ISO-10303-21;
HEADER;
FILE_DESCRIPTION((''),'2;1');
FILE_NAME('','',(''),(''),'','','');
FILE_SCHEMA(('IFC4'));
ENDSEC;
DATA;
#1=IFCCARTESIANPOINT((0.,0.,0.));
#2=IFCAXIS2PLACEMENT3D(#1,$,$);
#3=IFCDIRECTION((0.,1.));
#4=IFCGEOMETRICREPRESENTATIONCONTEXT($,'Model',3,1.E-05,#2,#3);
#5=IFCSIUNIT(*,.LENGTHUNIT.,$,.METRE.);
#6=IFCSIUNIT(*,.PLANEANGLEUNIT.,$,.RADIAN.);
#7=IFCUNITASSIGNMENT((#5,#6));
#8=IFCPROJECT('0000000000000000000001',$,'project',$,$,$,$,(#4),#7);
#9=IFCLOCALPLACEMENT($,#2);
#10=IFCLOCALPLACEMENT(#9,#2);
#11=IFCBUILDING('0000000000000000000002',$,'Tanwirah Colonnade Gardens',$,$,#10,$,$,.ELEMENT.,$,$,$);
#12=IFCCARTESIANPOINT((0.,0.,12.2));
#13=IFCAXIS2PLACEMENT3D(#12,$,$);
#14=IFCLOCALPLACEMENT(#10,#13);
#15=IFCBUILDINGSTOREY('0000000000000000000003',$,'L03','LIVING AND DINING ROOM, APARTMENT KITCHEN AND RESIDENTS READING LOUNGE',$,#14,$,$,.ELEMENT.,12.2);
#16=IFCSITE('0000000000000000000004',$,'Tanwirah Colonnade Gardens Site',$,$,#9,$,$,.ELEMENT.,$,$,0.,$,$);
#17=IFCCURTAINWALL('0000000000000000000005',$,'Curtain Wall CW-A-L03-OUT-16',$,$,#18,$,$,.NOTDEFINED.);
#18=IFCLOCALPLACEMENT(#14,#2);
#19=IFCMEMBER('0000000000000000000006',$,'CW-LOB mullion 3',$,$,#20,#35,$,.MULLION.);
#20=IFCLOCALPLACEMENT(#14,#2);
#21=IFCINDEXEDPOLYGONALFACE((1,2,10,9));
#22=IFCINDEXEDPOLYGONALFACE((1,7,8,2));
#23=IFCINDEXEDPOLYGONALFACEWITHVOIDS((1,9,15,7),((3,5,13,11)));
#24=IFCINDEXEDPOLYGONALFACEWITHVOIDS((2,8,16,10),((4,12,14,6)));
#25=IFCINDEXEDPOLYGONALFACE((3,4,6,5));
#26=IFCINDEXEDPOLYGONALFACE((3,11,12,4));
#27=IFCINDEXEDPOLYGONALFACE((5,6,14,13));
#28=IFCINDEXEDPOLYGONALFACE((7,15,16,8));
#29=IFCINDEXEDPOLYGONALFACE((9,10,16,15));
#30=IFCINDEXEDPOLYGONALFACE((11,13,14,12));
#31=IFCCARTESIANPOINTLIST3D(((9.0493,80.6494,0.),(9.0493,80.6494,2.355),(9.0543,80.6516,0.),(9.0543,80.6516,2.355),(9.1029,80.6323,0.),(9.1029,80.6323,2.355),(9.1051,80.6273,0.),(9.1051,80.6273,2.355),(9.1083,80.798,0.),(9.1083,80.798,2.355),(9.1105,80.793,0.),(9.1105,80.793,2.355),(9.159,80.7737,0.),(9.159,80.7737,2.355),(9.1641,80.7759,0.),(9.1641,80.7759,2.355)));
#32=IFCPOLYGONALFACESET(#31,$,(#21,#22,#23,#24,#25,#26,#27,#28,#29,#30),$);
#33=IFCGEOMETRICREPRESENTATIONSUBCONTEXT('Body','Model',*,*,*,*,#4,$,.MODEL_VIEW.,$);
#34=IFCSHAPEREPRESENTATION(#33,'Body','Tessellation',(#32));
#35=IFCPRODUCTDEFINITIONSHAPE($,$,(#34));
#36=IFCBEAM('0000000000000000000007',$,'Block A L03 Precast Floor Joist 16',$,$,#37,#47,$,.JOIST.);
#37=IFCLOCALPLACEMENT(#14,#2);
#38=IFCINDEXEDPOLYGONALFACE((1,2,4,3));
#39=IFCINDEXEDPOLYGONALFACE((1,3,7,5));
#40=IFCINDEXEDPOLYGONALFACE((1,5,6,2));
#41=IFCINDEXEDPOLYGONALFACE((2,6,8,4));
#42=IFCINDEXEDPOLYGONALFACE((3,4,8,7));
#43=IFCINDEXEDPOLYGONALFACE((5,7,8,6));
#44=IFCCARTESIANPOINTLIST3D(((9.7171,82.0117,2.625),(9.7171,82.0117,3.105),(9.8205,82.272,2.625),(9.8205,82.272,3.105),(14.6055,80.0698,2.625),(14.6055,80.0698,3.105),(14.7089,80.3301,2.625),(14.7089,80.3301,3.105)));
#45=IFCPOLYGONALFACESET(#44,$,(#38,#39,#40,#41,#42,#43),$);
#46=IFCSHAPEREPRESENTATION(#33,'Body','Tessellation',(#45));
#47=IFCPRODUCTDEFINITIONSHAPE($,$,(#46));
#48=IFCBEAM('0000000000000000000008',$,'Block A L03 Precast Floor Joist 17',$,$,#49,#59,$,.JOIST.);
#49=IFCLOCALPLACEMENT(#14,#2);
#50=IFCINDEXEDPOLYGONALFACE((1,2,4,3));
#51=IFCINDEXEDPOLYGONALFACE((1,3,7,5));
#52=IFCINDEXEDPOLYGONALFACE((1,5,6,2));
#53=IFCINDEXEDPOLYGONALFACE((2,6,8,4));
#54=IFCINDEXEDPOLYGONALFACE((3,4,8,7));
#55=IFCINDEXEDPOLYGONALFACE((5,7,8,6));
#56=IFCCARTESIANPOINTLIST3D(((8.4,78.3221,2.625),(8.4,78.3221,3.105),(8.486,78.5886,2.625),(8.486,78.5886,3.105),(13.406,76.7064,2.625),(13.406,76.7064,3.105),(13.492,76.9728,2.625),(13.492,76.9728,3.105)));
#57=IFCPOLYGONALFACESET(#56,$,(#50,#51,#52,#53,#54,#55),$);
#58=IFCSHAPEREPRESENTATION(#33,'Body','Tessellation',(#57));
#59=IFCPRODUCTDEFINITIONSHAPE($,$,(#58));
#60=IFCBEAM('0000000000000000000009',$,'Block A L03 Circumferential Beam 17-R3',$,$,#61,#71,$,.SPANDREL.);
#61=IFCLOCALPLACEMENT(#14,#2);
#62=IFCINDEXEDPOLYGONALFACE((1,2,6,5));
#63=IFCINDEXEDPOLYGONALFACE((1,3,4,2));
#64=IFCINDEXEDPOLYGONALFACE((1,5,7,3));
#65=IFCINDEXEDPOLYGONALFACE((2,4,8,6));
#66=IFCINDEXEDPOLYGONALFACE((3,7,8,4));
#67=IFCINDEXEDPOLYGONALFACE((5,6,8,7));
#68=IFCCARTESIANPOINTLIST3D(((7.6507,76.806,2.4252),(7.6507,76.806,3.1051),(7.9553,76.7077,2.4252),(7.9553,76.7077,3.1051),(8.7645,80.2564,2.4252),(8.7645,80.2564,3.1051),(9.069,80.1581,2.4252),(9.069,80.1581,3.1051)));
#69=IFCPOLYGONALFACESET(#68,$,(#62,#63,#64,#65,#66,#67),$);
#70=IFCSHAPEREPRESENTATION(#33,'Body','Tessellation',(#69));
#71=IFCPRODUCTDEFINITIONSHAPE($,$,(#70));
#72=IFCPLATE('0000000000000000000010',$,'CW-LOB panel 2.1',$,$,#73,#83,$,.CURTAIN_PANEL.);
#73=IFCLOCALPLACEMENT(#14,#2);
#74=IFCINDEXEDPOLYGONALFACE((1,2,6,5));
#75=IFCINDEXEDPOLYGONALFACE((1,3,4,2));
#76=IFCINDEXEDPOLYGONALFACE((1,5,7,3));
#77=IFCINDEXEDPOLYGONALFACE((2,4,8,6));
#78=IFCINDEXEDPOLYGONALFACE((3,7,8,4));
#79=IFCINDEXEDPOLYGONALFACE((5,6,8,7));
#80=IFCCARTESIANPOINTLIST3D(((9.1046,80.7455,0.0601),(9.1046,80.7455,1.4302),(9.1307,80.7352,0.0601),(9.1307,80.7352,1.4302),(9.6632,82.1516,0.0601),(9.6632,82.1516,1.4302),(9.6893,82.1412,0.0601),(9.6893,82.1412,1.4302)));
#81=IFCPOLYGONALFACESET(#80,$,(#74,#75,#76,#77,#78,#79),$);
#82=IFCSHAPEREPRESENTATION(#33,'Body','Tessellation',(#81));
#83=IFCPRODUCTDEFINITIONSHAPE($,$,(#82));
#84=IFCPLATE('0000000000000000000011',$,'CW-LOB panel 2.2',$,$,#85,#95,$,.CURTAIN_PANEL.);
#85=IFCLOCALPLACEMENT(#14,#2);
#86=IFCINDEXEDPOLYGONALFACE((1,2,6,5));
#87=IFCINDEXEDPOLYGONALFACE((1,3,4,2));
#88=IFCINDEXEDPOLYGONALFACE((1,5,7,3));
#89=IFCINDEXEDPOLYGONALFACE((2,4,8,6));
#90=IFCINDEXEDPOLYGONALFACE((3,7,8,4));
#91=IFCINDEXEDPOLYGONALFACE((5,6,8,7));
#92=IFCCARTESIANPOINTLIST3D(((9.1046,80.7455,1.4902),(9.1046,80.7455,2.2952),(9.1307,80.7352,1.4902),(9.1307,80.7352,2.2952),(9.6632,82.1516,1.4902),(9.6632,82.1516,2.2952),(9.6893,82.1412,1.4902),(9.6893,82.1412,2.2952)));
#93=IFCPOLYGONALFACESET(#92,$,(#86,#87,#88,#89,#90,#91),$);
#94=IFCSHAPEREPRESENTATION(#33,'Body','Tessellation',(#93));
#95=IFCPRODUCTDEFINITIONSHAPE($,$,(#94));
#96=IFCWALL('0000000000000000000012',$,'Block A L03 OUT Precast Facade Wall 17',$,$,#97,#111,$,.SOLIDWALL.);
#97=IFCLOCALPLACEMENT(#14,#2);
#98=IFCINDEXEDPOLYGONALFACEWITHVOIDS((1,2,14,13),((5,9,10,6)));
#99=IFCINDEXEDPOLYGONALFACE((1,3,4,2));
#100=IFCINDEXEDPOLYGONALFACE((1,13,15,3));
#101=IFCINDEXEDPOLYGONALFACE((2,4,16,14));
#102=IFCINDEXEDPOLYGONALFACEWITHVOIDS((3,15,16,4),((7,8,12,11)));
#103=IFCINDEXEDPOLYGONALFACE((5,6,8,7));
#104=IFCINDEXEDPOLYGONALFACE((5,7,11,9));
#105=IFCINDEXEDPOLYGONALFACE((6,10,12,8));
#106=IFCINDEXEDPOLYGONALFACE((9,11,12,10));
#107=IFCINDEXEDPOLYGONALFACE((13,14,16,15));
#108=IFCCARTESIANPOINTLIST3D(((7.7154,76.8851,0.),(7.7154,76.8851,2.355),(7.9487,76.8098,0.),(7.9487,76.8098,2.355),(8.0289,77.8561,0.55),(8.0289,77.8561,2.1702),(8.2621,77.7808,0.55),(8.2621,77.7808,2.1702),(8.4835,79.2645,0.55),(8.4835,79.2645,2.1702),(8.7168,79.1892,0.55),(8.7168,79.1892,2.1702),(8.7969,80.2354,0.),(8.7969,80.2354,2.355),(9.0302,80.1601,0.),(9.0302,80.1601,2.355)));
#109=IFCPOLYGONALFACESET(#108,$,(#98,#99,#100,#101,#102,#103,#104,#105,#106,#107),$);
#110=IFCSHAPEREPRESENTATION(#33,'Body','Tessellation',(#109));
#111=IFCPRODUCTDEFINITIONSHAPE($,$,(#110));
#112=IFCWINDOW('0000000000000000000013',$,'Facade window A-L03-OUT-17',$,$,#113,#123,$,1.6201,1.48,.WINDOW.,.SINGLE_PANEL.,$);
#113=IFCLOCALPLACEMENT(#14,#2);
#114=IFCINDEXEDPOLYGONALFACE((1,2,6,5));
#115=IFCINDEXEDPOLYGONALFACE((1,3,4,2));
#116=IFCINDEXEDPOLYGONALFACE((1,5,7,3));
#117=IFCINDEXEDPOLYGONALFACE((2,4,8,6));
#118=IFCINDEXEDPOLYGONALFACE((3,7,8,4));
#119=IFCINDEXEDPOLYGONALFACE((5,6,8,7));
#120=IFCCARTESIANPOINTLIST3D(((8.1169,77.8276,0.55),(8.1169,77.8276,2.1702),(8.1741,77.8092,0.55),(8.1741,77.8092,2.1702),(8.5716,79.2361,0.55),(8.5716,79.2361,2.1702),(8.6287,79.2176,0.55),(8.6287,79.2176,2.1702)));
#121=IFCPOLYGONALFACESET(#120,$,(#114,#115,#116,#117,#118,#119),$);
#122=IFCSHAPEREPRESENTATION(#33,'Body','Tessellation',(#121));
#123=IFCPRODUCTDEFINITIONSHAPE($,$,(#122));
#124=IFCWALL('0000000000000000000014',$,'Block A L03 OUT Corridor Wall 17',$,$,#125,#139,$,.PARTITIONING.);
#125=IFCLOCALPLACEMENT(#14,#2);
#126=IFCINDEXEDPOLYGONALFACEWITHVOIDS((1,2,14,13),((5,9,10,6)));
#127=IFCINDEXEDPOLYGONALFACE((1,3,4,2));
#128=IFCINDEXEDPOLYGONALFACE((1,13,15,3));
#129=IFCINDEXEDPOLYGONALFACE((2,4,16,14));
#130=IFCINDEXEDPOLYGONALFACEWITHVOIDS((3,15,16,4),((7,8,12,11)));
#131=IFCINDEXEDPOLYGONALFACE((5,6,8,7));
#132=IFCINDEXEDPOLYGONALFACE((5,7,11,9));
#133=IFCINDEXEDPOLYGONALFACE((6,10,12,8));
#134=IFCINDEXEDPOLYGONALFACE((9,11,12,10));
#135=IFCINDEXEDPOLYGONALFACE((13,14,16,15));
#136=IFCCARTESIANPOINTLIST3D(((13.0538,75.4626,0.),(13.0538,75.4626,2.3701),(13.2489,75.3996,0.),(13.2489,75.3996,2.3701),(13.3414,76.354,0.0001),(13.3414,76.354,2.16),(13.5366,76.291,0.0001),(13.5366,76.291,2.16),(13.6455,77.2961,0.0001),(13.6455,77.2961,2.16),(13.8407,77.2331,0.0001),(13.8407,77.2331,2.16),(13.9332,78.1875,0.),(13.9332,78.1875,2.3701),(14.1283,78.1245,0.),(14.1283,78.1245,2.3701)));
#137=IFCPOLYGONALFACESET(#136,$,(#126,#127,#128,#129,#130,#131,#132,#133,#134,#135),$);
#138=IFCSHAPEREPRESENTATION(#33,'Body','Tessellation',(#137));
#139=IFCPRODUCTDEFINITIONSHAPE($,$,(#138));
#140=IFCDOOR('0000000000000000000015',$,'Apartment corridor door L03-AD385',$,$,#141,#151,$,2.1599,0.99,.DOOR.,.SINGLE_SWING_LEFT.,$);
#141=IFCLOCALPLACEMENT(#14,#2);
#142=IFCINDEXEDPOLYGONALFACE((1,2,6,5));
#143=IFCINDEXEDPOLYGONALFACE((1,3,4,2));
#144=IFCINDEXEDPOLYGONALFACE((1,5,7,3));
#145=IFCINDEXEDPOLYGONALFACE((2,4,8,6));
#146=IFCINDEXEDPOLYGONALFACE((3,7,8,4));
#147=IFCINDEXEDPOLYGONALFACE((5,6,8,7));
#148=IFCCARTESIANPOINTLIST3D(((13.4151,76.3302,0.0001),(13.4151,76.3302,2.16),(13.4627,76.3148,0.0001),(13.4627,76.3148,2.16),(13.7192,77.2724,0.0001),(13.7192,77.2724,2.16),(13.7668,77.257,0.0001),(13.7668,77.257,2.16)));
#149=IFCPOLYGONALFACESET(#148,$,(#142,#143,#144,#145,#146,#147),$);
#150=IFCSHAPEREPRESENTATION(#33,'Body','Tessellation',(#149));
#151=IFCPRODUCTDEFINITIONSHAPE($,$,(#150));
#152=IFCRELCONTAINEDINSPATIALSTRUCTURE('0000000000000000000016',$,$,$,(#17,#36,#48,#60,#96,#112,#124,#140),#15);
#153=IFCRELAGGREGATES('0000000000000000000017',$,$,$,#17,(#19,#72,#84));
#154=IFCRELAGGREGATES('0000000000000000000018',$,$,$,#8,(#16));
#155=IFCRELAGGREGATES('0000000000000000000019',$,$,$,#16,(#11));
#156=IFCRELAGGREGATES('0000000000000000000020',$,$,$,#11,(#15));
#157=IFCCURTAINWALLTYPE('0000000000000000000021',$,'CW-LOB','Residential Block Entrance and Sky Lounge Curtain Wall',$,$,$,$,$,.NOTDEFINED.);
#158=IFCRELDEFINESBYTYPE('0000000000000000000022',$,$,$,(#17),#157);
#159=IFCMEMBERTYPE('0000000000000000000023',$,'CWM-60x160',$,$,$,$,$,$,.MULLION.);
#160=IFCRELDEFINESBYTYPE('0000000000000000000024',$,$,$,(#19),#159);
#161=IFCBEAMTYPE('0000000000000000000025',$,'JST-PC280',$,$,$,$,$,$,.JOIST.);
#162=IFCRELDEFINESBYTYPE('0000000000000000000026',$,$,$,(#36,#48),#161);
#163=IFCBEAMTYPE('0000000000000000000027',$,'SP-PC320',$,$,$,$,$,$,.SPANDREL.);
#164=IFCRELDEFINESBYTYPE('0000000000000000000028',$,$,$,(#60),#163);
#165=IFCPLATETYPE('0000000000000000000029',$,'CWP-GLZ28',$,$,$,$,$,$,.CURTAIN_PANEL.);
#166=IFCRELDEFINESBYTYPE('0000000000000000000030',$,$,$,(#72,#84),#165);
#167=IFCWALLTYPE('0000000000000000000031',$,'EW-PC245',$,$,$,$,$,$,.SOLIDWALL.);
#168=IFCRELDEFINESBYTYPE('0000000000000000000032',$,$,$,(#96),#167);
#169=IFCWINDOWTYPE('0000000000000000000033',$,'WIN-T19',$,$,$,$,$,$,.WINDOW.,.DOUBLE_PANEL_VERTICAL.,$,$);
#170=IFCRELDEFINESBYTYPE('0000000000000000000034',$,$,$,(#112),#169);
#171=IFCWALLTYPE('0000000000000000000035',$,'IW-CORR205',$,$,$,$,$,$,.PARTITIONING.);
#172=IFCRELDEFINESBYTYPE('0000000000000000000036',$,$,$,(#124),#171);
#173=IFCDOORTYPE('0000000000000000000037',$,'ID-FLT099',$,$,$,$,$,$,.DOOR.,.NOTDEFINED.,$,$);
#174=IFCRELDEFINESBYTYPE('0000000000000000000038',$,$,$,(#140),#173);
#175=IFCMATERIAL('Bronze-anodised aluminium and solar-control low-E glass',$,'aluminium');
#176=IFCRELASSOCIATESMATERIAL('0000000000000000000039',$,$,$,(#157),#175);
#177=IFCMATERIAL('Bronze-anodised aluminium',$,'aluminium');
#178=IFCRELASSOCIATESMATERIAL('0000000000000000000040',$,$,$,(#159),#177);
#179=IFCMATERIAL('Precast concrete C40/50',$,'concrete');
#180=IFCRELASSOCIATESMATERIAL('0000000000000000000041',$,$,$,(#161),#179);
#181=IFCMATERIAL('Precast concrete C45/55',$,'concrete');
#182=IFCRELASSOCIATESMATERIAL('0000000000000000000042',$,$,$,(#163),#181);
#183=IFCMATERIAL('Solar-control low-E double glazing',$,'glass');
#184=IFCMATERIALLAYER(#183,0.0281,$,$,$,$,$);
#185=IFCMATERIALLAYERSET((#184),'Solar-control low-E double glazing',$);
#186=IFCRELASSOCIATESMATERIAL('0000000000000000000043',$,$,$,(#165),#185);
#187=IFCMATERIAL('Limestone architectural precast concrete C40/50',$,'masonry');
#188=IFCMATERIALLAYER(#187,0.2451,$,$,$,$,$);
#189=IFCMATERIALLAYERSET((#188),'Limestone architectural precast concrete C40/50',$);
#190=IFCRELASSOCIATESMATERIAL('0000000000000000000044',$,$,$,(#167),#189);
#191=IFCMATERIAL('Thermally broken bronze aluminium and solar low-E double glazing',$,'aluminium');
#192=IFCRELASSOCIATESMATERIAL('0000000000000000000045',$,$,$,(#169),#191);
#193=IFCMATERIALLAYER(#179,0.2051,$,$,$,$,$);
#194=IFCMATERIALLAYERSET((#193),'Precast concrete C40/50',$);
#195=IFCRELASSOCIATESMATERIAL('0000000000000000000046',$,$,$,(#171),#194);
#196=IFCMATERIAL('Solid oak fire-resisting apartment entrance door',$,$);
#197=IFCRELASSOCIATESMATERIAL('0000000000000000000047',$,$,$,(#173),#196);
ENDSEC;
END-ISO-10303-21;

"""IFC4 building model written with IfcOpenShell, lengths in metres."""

from ifc_helpers import new_model, si_unit, direction, frame, frame_2d, origin, origin_2d, place, context, subcontext, project, spatial, rectangle, hollow_rectangle, extrude, material, layer, layer_set, material_profile, profile_set, type_object, element, fill, aggregate, save


model = new_model("IFC4")

# Units and contexts
model_context = context("Model", 3, precision=1e-05, world=origin(), true_north=direction((0.0, 1.0)))
body_context = subcontext(model_context, "Body", "Model", "MODEL_VIEW")
ifc_project = project(units=[si_unit("LENGTHUNIT", "METRE"), si_unit("PLANEANGLEUNIT", "RADIAN")], contexts=[model_context])

# Site, building, storey
site_placement = place(None, origin())
site = spatial("IfcSite", under=ifc_project, at=site_placement, Name="Tanwirah Colonnade Gardens Site", CompositionType="ELEMENT", RefElevation=0.0)
building_placement = place(site_placement, origin())
building = spatial("IfcBuilding", under=site, at=building_placement, Name="Tanwirah Colonnade Gardens", CompositionType="ELEMENT")
storey_placement = place(building_placement, frame((0.0, 0.0, 12.2)))
storey = spatial("IfcBuildingStorey", under=building, at=storey_placement, Name="L03", Description="LIVING AND DINING ROOM, APARTMENT KITCHEN AND RESIDENTS READING LOUNGE", CompositionType="ELEMENT", Elevation=12.2)

# Shared definitions
ifc_material_1 = material(Name="Precast concrete C45/55", Category="concrete")
ifc_material_2 = material(Name="Precast concrete C40/50", Category="concrete")

# Curtain wall, member
ifc_material_3 = material(Name="Bronze-anodised aluminium and solar-control low-E glass", Category="aluminium")
curtain_wall_type = type_object("IfcCurtainWallType", Name="CW-LOB", Description="Residential Block Entrance and Sky Lounge Curtain Wall", PredefinedType="NOTDEFINED", material=ifc_material_3)
curtain_wall_placement = place(storey_placement, origin())
curtain_wall = element("IfcCurtainWall", 1, at=curtain_wall_placement, inside=storey, type_object=curtain_wall_type, Name="Curtain Wall CW-A-L03-OUT-16", PredefinedType="NOTDEFINED")
ifc_material_4 = material(Name="Bronze-anodised aluminium", Category="aluminium")
ifc_material_profile_1 = material_profile(ifc_material_4, hollow_rectangle(XDim=0.0601, YDim=0.1599, WallThickness=0.0039, at=origin_2d()), Name="CW-MUL 60x160x4")
ifc_profile_set_1 = profile_set([ifc_material_profile_1], Name="Bronze-anodised aluminium")
member_type = type_object("IfcMemberType", Name="CWM-60x160", PredefinedType="MULLION", material=ifc_profile_set_1)
member_placement = place(storey_placement, frame((9.1067, 80.7126, 0.0), z_axis=(0.0, 0.0, 1.0), x_axis=(0.929347, -0.369208, 0.0)))
member = element("IfcMember", 2, at=member_placement, type_object=member_type, Name="CW-LOB mullion 3", PredefinedType="MULLION", context=body_context, shape_type="SweptSolid", body=[
    extrude(hollow_rectangle(XDim=0.0601, YDim=0.1599, WallThickness=0.0039, at=origin_2d()), origin(), (0.0, 0.0, 1.0), 2.355),
])

# Beams
ifc_material_profile_2 = material_profile(ifc_material_2, rectangle(XDim=0.28, YDim=0.48, at=origin_2d()), Name="PC-JST 280x480")
ifc_profile_set_2 = profile_set([ifc_material_profile_2], Name="Precast concrete C40/50")
beam_type_1 = type_object("IfcBeamType", Name="JST-PC280", PredefinedType="JOIST", material=ifc_profile_set_2)
beam_1_placement = place(storey_placement, frame((14.6572, 80.2, 2.865), z_axis=(-0.929358, 0.369181, 0.0), x_axis=(-0.369181, -0.929358, 0.0)))
element("IfcBeam", 3, at=beam_1_placement, inside=storey, type_object=beam_type_1, Name="Block A L03 Precast Floor Joist 16", PredefinedType="JOIST", context=body_context, shape_type="SweptSolid", body=[
    extrude(rectangle(XDim=0.28, YDim=0.48, at=origin_2d()), origin(), (0.0, 0.0, 1.0), 5.26),
])
beam_2_placement = place(storey_placement, frame((13.449, 76.8396, 2.865), z_axis=(-0.951657, 0.307163, 0.0), x_axis=(-0.307163, -0.951657, 0.0)))
element("IfcBeam", 4, at=beam_2_placement, inside=storey, type_object=beam_type_1, Name="Block A L03 Precast Floor Joist 17", PredefinedType="JOIST", context=body_context, shape_type="SweptSolid", body=[
    extrude(rectangle(XDim=0.28, YDim=0.48, at=origin_2d()), origin(), (0.0, 0.0, 1.0), 5.2603),
])
ifc_material_profile_3 = material_profile(ifc_material_1, rectangle(XDim=0.3201, YDim=0.6799, at=origin_2d()), Name="PC-SP 320x680")
ifc_profile_set_3 = profile_set([ifc_material_profile_3], Name="Precast concrete C45/55")
beam_type_2 = type_object("IfcBeamType", Name="SP-PC320", PredefinedType="SPANDREL", material=ifc_profile_set_3)
beam_3_placement = place(storey_placement, frame((8.9167, 80.2073, 2.7651), z_axis=(-0.307184, -0.95165, 0.0), x_axis=(0.95165, -0.307184, 0.0)))
element("IfcBeam", 5, at=beam_3_placement, inside=storey, type_object=beam_type_2, Name="Block A L03 Circumferential Beam 17-R3", PredefinedType="SPANDREL", context=body_context, shape_type="SweptSolid", body=[
    extrude(rectangle(XDim=0.3201, YDim=0.6799, at=origin_2d()), origin(), (0.0, 0.0, 1.0), 3.6257),
])

# Plates
ifc_material_5 = material(Name="Solar-control low-E double glazing", Category="glass")
ifc_layer_1 = layer(ifc_material_5, 0.0281)
ifc_layer_set_1 = layer_set([ifc_layer_1], Name="Solar-control low-E double glazing")
plate_type = type_object("IfcPlateType", Name="CWP-GLZ28", PredefinedType="CURTAIN_PANEL", material=ifc_layer_set_1)
plate_1_placement = place(storey_placement, frame((9.397, 81.4434, 0.0601), z_axis=(0.0, 0.0, 1.0), x_axis=(-0.369208, -0.929347, 0.0)))
plate_1 = element("IfcPlate", 6, at=plate_1_placement, type_object=plate_type, Name="CW-LOB panel 2.1", PredefinedType="CURTAIN_PANEL", context=body_context, shape_type="SweptSolid", body=[
    extrude(rectangle(XDim=1.5129, YDim=0.0281, at=origin_2d()), origin(), (0.0, 0.0, 1.0), 1.3701),
])
plate_2_placement = place(storey_placement, frame((9.397, 81.4434, 1.4902), z_axis=(0.0, 0.0, 1.0), x_axis=(-0.369208, -0.929347, 0.0)))
plate_2 = element("IfcPlate", 7, at=plate_2_placement, type_object=plate_type, Name="CW-LOB panel 2.2", PredefinedType="CURTAIN_PANEL", context=body_context, shape_type="SweptSolid", body=[
    extrude(rectangle(XDim=1.5129, YDim=0.0281, at=origin_2d()), origin(), (0.0, 0.0, 1.0), 0.8049),
])
aggregate(curtain_wall, [member, plate_1, plate_2])

# Wall, opening, window
ifc_material_6 = material(Name="Limestone architectural precast concrete C40/50", Category="masonry")
ifc_layer_2 = layer(ifc_material_6, 0.2451)
ifc_layer_set_2 = layer_set([ifc_layer_2], Name="Limestone architectural precast concrete C40/50")
wall_type_1 = type_object("IfcWallType", Name="EW-PC245", PredefinedType="SOLIDWALL", material=ifc_layer_set_2)
wall_1_placement = place(storey_placement, frame((8.9136, 80.1978, 0.0), z_axis=(0.0, 0.0, 1.0), x_axis=(-0.307205, -0.951643, 0.0)))
wall_1 = element("IfcWall", 8, at=wall_1_placement, inside=storey, type_object=wall_type_1, Name="Block A L03 OUT Precast Facade Wall 17", PredefinedType="SOLIDWALL", context=body_context, shape_type="SweptSolid", body=[
    extrude(rectangle(XDim=3.5205, YDim=0.2451, at=frame_2d((1.7603, 0.0))), origin(), (0.0, 0.0, 1.0), 2.355),
])
opening_1_placement = place(wall_1_placement, frame((1.0203, 0.0, 0.55)))
opening_1 = element("IfcOpeningElement", 9, at=opening_1_placement, cuts=wall_1, PredefinedType="OPENING", context=body_context, shape_type="SweptSolid", body=[
    extrude(rectangle(XDim=1.48, YDim=1.6201, at=frame_2d((0.74, 0.8101))), frame((0.0, 0.1326, 0.0), z_axis=(0.0, -1.0, 0.0), x_axis=(1.0, 0.0, 0.0)), (0.0, 0.0, 1.0), 0.2651),
])
ifc_material_7 = material(Name="Thermally broken bronze aluminium and solar low-E double glazing", Category="aluminium")
window_type = type_object("IfcWindowType", Name="WIN-T19", PartitioningType="DOUBLE_PANEL_VERTICAL", PredefinedType="WINDOW", material=ifc_material_7)
window_placement = place(opening_1_placement, origin())
window = element("IfcWindow", 10, at=window_placement, inside=storey, type_object=window_type, Name="Facade window A-L03-OUT-17", OverallHeight=1.6201, OverallWidth=1.48, PartitioningType="SINGLE_PANEL", PredefinedType="WINDOW", context=body_context, shape_type="SweptSolid", body=[
    extrude(rectangle(XDim=1.48, YDim=1.6201, at=frame_2d((0.74, 0.8101))), frame((0.0, 0.03, 0.0), z_axis=(0.0, -1.0, 0.0), x_axis=(1.0, 0.0, 0.0)), (0.0, 0.0, 1.0), 0.0601),
])
fill(opening_1, window)

# Wall, opening, door
ifc_layer_3 = layer(ifc_material_2, 0.2051)
ifc_layer_set_3 = layer_set([ifc_layer_3], Name="Precast concrete C40/50")
wall_type_2 = type_object("IfcWallType", Name="IW-CORR205", PredefinedType="PARTITIONING", material=ifc_layer_set_3)
wall_2_placement = place(storey_placement, frame((14.0308, 78.156, 0.0), z_axis=(0.0, 0.0, 1.0), x_axis=(-0.307132, -0.951667, 0.0)))
wall_2 = element("IfcWall", 11, at=wall_2_placement, inside=storey, type_object=wall_type_2, Name="Block A L03 OUT Corridor Wall 17", PredefinedType="PARTITIONING", context=body_context, shape_type="SweptSolid", body=[
    extrude(rectangle(XDim=2.8633, YDim=0.2051, at=frame_2d((1.4316, 0.0))), origin(), (0.0, 0.0, 1.0), 2.3701),
])
opening_2_placement = place(wall_2_placement, frame((0.9365, 0.0, 0.0)))
opening_2 = element("IfcOpeningElement", 12, at=opening_2_placement, cuts=wall_2, PredefinedType="OPENING", context=body_context, shape_type="SweptSolid", body=[
    extrude(rectangle(XDim=0.99, YDim=2.1599, at=frame_2d((0.4951, 1.0801))), frame((0.0, 0.1125, 0.0), z_axis=(0.0, -1.0, 0.0), x_axis=(1.0, 0.0, 0.0)), (0.0, 0.0, 1.0), 0.2251),
])
ifc_material_8 = material(Name="Solid oak fire-resisting apartment entrance door")
door_type_1 = type_object("IfcDoorType", Name="ID-FLT099", OperationType="NOTDEFINED", PredefinedType="DOOR", material=ifc_material_8)
door_1_placement = place(opening_2_placement, origin())
door_1 = element("IfcDoor", 13, at=door_1_placement, inside=storey, type_object=door_type_1, Name="Apartment corridor door L03-AD385", OperationType="SINGLE_SWING_LEFT", OverallHeight=2.1599, OverallWidth=0.99, PredefinedType="DOOR", context=body_context, shape_type="SweptSolid", body=[
    extrude(rectangle(XDim=0.99, YDim=2.1599, at=frame_2d((0.4951, 1.0801))), frame((0.0, 0.0249, 0.0), z_axis=(0.0, -1.0, 0.0), x_axis=(1.0, 0.0, 0.0)), (0.0, 0.0, 1.0), 0.05),
])
fill(opening_2, door_1)

save(model, "model.ifc")
